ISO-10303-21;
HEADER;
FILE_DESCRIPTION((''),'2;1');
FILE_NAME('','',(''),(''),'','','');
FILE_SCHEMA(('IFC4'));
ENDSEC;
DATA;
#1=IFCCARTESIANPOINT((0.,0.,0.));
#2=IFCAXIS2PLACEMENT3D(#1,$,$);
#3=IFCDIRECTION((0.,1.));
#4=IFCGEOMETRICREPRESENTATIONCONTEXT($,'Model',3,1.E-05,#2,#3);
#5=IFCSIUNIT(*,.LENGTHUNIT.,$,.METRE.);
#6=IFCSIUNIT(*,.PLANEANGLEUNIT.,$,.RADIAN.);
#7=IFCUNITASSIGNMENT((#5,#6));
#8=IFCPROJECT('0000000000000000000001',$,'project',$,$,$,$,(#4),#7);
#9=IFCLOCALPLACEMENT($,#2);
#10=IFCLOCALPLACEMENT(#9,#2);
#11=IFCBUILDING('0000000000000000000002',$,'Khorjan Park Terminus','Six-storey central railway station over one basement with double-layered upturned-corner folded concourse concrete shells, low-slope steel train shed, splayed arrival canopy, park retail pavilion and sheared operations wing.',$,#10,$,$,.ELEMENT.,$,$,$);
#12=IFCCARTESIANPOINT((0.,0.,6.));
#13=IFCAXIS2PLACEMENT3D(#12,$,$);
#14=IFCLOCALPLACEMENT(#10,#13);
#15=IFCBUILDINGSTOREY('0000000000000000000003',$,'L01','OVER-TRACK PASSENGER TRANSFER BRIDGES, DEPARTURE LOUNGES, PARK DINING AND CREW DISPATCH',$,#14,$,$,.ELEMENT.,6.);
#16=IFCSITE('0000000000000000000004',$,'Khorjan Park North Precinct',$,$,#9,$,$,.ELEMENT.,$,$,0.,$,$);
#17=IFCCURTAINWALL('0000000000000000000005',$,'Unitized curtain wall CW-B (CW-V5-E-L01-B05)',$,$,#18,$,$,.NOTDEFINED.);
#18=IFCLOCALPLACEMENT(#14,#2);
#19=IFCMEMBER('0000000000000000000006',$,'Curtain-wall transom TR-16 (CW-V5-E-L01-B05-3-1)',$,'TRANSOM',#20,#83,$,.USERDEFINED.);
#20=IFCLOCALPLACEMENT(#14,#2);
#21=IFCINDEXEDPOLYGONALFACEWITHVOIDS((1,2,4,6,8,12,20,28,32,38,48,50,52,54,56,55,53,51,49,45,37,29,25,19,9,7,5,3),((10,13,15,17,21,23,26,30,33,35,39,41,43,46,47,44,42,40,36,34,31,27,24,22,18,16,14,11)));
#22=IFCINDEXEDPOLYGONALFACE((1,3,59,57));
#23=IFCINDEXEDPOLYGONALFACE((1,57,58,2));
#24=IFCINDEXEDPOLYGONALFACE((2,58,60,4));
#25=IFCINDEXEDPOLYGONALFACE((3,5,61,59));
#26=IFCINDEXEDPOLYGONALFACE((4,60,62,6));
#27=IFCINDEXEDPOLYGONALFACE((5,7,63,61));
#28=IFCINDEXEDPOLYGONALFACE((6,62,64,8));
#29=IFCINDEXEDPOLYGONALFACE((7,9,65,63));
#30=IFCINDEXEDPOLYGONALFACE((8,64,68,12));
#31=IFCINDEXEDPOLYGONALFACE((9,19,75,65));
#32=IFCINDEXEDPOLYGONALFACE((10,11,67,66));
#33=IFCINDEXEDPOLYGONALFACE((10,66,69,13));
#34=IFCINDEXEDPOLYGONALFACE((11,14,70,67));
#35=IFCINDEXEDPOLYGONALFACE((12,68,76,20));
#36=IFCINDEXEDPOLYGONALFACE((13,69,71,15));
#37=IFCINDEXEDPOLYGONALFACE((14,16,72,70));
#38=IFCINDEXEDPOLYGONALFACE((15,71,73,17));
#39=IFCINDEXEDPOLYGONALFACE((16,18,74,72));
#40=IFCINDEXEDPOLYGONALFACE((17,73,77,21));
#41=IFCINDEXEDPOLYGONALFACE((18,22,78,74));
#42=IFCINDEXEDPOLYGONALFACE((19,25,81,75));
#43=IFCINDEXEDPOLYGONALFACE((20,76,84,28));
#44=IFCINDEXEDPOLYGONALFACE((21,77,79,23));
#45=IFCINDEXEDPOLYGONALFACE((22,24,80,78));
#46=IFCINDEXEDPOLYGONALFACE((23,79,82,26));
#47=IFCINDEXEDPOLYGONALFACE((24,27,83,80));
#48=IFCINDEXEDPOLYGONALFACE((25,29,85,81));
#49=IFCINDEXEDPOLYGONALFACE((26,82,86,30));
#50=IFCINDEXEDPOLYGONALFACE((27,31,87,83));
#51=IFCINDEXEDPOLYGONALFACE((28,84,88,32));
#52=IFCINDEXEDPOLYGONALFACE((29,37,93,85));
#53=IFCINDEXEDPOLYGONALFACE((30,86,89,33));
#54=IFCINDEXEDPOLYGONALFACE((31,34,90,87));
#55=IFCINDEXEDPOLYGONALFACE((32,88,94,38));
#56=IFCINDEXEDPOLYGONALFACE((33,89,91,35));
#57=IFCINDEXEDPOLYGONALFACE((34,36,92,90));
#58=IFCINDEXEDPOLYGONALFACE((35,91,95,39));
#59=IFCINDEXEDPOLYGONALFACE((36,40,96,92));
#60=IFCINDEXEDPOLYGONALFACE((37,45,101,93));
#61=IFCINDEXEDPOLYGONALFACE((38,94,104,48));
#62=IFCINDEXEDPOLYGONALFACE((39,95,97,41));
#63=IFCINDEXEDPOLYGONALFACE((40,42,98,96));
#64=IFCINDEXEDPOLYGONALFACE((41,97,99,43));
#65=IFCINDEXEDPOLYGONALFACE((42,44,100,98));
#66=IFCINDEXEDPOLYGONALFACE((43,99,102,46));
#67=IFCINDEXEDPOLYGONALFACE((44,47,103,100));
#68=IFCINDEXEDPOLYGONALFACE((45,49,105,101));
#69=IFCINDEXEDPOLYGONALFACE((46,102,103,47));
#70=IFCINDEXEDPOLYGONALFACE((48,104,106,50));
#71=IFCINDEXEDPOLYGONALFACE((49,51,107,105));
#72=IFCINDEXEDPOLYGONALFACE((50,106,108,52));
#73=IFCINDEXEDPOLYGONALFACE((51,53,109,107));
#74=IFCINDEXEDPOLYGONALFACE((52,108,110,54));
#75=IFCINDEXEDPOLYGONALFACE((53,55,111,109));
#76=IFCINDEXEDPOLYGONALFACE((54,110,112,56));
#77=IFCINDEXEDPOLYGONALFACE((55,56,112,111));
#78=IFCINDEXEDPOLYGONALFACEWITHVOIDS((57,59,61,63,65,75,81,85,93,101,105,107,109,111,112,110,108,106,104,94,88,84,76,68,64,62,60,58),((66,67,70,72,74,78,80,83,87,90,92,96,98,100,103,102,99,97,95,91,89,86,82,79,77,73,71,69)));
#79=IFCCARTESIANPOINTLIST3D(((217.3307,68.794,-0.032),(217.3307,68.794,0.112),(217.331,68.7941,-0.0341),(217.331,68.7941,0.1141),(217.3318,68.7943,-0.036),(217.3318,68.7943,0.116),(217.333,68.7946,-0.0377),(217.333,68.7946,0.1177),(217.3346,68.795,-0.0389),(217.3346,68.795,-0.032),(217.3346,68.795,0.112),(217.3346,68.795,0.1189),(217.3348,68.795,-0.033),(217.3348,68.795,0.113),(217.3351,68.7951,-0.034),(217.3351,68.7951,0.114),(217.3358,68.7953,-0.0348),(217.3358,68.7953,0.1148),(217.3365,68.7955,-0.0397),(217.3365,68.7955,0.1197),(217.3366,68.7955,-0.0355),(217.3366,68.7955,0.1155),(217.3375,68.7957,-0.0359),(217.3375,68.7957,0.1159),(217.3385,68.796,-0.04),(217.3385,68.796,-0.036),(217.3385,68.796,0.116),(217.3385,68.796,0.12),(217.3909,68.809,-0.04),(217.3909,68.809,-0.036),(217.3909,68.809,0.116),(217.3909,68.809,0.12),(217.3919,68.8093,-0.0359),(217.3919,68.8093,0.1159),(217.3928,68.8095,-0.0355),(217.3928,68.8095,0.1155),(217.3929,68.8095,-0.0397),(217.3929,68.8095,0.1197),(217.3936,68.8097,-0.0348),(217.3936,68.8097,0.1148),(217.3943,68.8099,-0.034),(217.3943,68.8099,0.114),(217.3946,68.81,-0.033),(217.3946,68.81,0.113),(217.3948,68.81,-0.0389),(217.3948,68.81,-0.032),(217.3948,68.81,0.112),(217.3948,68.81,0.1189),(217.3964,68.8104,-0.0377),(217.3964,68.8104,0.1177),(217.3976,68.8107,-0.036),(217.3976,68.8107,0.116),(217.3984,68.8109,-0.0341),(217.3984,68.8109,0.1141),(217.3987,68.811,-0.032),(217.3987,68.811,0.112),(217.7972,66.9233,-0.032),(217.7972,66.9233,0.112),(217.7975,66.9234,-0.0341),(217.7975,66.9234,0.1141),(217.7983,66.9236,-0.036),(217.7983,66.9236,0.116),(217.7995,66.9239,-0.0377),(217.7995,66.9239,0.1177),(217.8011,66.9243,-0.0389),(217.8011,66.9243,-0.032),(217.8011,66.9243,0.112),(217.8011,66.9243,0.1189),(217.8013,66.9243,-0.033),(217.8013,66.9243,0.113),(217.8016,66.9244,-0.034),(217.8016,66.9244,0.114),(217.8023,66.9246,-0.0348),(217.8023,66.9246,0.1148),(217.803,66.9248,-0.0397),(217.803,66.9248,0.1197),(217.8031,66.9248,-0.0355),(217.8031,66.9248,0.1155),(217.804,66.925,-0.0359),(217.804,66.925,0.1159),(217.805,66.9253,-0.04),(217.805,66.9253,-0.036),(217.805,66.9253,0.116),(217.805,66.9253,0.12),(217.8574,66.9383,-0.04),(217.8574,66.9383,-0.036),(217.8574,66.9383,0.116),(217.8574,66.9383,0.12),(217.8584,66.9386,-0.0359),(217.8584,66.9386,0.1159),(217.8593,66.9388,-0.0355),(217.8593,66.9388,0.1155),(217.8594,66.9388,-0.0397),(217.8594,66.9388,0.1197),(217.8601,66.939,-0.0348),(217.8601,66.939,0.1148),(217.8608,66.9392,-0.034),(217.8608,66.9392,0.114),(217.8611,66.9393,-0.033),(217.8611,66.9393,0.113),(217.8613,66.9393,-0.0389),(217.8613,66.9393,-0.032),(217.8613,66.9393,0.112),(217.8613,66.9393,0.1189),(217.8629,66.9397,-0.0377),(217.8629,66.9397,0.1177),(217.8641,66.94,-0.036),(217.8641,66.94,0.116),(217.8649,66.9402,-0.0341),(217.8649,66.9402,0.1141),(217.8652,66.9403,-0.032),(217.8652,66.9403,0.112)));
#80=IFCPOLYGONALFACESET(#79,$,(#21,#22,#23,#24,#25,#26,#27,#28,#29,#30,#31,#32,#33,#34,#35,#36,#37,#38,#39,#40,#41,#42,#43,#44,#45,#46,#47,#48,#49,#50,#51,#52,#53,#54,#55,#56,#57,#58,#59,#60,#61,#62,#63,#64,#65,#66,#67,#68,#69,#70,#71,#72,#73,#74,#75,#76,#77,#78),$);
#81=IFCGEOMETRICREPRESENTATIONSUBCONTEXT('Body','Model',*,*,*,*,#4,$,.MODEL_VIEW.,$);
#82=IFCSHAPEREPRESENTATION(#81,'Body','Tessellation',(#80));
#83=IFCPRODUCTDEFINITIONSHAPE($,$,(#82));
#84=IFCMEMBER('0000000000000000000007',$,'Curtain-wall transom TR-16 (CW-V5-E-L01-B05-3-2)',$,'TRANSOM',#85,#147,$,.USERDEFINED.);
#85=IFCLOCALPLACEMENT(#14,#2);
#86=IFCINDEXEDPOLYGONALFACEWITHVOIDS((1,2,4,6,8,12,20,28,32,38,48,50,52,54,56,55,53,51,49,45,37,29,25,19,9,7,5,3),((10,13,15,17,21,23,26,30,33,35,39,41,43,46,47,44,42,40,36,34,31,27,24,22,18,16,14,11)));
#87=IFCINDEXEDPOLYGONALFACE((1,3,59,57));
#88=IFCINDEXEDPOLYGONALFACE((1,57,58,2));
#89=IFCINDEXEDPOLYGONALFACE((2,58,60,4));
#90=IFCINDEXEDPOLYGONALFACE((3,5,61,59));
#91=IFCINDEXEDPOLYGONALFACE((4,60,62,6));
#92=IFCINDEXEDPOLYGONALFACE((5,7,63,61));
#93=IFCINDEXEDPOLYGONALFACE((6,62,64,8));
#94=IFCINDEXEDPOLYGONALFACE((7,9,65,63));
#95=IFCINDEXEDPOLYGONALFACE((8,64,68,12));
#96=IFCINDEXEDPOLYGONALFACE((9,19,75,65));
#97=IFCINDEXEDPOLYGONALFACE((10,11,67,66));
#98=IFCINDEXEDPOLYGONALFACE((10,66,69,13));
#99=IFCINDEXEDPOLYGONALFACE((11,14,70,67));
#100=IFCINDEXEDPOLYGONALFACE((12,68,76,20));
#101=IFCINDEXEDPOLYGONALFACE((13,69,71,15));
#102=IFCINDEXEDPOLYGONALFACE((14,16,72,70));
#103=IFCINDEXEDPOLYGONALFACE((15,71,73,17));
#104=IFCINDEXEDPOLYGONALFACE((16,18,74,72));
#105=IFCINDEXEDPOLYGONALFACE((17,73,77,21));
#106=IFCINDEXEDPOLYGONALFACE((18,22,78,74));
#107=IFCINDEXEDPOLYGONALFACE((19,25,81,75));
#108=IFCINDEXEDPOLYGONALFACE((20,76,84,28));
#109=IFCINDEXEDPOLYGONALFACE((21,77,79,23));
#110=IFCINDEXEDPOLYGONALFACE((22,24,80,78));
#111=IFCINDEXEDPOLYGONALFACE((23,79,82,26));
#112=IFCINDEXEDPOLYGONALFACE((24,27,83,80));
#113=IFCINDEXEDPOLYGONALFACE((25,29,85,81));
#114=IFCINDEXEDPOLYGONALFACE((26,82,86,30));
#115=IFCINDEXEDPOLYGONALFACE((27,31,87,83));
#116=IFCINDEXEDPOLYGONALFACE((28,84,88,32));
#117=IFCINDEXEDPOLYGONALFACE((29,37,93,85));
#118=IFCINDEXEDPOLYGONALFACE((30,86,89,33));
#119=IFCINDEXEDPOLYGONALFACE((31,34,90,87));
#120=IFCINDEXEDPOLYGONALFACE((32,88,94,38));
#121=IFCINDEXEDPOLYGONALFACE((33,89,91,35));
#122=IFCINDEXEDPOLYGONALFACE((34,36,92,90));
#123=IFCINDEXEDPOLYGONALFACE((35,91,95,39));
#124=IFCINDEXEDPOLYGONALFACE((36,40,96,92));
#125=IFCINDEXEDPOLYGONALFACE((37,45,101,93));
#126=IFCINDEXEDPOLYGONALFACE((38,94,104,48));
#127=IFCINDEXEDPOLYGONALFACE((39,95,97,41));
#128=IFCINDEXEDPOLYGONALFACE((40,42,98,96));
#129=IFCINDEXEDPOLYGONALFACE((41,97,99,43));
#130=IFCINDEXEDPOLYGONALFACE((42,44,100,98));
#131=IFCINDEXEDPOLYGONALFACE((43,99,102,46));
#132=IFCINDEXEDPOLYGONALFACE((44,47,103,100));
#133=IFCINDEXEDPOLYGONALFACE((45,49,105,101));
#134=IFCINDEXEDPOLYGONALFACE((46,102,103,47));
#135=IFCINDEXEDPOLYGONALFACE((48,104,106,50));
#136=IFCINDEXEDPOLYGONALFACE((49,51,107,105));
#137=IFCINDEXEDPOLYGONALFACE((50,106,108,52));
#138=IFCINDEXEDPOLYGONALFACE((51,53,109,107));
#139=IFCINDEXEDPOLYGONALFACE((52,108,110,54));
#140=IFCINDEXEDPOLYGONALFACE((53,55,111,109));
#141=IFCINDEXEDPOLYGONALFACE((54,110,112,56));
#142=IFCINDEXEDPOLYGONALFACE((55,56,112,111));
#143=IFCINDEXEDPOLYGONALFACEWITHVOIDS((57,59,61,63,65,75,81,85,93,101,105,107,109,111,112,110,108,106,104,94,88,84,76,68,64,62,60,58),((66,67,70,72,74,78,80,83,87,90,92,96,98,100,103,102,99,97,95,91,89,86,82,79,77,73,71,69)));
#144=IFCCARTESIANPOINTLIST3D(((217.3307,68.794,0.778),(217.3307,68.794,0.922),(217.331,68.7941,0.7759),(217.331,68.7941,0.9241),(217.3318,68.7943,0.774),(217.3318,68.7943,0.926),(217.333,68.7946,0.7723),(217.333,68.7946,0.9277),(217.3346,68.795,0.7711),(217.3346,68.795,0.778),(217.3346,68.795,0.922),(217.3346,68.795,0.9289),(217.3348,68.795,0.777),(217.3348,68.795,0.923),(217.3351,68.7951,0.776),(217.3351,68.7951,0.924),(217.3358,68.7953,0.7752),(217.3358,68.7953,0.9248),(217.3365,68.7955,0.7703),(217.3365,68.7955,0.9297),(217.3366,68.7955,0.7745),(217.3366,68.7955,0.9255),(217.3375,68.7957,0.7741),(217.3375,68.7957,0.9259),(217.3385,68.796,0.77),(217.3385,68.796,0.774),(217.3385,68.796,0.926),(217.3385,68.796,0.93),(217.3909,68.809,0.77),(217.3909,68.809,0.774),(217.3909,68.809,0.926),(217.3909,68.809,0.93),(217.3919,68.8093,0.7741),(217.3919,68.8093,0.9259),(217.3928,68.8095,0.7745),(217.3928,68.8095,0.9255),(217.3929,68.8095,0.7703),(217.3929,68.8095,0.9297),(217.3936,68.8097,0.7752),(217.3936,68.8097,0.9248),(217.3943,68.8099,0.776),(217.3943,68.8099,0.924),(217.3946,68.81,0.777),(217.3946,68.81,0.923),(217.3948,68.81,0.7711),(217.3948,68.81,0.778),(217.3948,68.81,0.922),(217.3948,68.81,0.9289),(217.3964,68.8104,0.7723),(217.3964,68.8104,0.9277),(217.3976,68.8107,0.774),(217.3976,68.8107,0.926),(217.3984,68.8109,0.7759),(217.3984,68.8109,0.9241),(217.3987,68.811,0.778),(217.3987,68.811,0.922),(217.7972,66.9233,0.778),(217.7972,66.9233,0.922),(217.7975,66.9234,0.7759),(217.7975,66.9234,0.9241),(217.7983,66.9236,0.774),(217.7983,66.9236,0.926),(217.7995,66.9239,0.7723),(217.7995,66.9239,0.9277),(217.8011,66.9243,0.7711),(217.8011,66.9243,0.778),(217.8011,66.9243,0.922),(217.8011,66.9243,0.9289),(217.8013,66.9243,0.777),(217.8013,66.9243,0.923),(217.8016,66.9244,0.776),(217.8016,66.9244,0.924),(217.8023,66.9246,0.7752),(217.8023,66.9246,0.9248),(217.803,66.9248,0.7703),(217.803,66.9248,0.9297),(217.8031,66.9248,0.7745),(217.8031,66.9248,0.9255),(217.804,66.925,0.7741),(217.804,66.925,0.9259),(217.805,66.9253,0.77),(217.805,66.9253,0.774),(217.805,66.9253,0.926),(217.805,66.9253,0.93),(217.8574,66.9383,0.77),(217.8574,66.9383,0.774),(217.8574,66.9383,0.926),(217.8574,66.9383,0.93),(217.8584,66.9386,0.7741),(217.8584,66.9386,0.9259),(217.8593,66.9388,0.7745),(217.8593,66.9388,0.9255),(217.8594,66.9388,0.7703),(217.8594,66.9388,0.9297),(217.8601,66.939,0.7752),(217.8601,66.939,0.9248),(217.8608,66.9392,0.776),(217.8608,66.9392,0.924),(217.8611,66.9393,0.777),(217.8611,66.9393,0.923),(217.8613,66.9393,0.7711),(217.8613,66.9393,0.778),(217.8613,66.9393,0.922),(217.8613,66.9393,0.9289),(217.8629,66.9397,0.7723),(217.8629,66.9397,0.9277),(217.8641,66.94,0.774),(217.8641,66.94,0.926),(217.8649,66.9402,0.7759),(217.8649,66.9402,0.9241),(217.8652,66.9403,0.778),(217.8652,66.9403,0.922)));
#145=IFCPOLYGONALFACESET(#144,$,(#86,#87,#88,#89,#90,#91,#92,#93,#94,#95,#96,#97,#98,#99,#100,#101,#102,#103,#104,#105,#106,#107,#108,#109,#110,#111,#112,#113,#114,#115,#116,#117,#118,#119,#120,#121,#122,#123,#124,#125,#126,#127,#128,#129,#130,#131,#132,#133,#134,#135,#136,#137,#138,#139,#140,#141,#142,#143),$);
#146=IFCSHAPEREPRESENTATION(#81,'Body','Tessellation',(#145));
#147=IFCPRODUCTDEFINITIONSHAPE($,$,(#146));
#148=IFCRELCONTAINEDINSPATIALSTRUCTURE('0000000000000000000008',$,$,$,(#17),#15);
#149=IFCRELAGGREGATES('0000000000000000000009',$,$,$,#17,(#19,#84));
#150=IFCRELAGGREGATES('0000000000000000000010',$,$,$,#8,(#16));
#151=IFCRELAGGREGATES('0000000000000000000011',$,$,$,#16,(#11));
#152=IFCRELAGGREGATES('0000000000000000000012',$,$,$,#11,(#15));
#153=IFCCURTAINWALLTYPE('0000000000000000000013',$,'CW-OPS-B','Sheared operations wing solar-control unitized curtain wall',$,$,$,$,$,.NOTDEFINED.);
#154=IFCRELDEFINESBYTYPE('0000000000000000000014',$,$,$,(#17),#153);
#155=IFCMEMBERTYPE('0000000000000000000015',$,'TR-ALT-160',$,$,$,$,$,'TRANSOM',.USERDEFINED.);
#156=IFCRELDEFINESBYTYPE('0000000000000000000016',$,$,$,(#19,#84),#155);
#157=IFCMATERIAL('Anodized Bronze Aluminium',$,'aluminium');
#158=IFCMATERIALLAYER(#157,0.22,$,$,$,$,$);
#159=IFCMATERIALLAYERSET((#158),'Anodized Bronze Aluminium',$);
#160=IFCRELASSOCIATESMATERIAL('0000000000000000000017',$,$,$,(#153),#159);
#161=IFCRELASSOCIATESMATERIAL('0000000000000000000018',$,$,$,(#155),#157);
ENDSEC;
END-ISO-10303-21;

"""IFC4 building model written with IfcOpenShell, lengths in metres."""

from ifc_helpers import new_model, si_unit, direction, frame, origin, origin_2d, place, context, subcontext, project, spatial, hollow_rectangle, extrude, material, layer, layer_set, material_profile, profile_set, type_object, element, aggregate, save


model = new_model("IFC4")

# Units and contexts
model_context = context("Model", 3, precision=1e-05, world=origin(), true_north=direction((0.0, 1.0)))
body_context = subcontext(model_context, "Body", "Model", "MODEL_VIEW")
ifc_project = project(units=[si_unit("LENGTHUNIT", "METRE"), si_unit("PLANEANGLEUNIT", "RADIAN")], contexts=[model_context])

# Site, building, storey
site_placement = place(None, origin())
site = spatial("IfcSite", under=ifc_project, at=site_placement, Name="Khorjan Park North Precinct", CompositionType="ELEMENT", RefElevation=0.0)
building_placement = place(site_placement, origin())
building = spatial("IfcBuilding", under=site, at=building_placement, Name="Khorjan Park Terminus", Description="Six-storey central railway station over one basement with double-layered upturned-corner folded concourse concrete shells, low-slope steel train shed, splayed arrival canopy, park retail pavilion and sheared operations wing.", CompositionType="ELEMENT")
storey_placement = place(building_placement, frame((0.0, 0.0, 6.0)))
storey = spatial("IfcBuildingStorey", under=building, at=storey_placement, Name="L01", Description="OVER-TRACK PASSENGER TRANSFER BRIDGES, DEPARTURE LOUNGES, PARK DINING AND CREW DISPATCH", CompositionType="ELEMENT", Elevation=6.0)

# Curtain wall, members
ifc_material_1 = material(Name="Anodized Bronze Aluminium", Category="aluminium")
ifc_layer_1 = layer(ifc_material_1, 0.22)
ifc_layer_set_1 = layer_set([ifc_layer_1], Name="Anodized Bronze Aluminium")
curtain_wall_type = type_object("IfcCurtainWallType", Name="CW-OPS-B", Description="Sheared operations wing solar-control unitized curtain wall", PredefinedType="NOTDEFINED", material=ifc_layer_set_1)
curtain_wall_placement = place(storey_placement, origin())
curtain_wall = element("IfcCurtainWall", 1, at=curtain_wall_placement, inside=storey, type_object=curtain_wall_type, Name="Unitized curtain wall CW-B (CW-V5-E-L01-B05)", PredefinedType="NOTDEFINED")
ifc_material_profile_1 = material_profile(ifc_material_1, hollow_rectangle(XDim=0.07, YDim=0.16, WallThickness=0.004, InnerFilletRadius=0.004, OuterFilletRadius=0.008, at=origin_2d()), Name="ALT 70x160x4")
ifc_profile_set_1 = profile_set([ifc_material_profile_1], Name="Anodized Bronze Aluminium")
member_type_1 = type_object("IfcMemberType", Name="TR-ALT-160", ElementType="TRANSOM", PredefinedType="USERDEFINED", material=ifc_profile_set_1)
member_1_placement = place(storey_placement, frame((217.8312, 66.9318, 0.04), z_axis=(-0.241962, 0.970286, 0.0), x_axis=(-0.970286, -0.241962, 0.0)))
member_1 = element("IfcMember", 2, at=member_1_placement, type_object=member_type_1, Name="Curtain-wall transom TR-16 (CW-V5-E-L01-B05-3-1)", ObjectType="TRANSOM", PredefinedType="USERDEFINED", context=body_context, shape_type="SweptSolid", body=[
    extrude(hollow_rectangle(XDim=0.07, YDim=0.16, WallThickness=0.004, InnerFilletRadius=0.004, OuterFilletRadius=0.008, at=origin_2d()), origin(), (0.0, 0.0, 1.0), 1.928),
])
member_2_placement = place(storey_placement, frame((217.8312, 66.9318, 0.85), z_axis=(-0.241962, 0.970286, 0.0), x_axis=(-0.970286, -0.241962, 0.0)))
member_2 = element("IfcMember", 3, at=member_2_placement, type_object=member_type_1, Name="Curtain-wall transom TR-16 (CW-V5-E-L01-B05-3-2)", ObjectType="TRANSOM", PredefinedType="USERDEFINED", context=body_context, shape_type="SweptSolid", body=[
    extrude(hollow_rectangle(XDim=0.07, YDim=0.16, WallThickness=0.004, InnerFilletRadius=0.004, OuterFilletRadius=0.008, at=origin_2d()), origin(), (0.0, 0.0, 1.0), 1.928),
])
aggregate(curtain_wall, [member_1, member_2])

save(model, "model.ifc")
